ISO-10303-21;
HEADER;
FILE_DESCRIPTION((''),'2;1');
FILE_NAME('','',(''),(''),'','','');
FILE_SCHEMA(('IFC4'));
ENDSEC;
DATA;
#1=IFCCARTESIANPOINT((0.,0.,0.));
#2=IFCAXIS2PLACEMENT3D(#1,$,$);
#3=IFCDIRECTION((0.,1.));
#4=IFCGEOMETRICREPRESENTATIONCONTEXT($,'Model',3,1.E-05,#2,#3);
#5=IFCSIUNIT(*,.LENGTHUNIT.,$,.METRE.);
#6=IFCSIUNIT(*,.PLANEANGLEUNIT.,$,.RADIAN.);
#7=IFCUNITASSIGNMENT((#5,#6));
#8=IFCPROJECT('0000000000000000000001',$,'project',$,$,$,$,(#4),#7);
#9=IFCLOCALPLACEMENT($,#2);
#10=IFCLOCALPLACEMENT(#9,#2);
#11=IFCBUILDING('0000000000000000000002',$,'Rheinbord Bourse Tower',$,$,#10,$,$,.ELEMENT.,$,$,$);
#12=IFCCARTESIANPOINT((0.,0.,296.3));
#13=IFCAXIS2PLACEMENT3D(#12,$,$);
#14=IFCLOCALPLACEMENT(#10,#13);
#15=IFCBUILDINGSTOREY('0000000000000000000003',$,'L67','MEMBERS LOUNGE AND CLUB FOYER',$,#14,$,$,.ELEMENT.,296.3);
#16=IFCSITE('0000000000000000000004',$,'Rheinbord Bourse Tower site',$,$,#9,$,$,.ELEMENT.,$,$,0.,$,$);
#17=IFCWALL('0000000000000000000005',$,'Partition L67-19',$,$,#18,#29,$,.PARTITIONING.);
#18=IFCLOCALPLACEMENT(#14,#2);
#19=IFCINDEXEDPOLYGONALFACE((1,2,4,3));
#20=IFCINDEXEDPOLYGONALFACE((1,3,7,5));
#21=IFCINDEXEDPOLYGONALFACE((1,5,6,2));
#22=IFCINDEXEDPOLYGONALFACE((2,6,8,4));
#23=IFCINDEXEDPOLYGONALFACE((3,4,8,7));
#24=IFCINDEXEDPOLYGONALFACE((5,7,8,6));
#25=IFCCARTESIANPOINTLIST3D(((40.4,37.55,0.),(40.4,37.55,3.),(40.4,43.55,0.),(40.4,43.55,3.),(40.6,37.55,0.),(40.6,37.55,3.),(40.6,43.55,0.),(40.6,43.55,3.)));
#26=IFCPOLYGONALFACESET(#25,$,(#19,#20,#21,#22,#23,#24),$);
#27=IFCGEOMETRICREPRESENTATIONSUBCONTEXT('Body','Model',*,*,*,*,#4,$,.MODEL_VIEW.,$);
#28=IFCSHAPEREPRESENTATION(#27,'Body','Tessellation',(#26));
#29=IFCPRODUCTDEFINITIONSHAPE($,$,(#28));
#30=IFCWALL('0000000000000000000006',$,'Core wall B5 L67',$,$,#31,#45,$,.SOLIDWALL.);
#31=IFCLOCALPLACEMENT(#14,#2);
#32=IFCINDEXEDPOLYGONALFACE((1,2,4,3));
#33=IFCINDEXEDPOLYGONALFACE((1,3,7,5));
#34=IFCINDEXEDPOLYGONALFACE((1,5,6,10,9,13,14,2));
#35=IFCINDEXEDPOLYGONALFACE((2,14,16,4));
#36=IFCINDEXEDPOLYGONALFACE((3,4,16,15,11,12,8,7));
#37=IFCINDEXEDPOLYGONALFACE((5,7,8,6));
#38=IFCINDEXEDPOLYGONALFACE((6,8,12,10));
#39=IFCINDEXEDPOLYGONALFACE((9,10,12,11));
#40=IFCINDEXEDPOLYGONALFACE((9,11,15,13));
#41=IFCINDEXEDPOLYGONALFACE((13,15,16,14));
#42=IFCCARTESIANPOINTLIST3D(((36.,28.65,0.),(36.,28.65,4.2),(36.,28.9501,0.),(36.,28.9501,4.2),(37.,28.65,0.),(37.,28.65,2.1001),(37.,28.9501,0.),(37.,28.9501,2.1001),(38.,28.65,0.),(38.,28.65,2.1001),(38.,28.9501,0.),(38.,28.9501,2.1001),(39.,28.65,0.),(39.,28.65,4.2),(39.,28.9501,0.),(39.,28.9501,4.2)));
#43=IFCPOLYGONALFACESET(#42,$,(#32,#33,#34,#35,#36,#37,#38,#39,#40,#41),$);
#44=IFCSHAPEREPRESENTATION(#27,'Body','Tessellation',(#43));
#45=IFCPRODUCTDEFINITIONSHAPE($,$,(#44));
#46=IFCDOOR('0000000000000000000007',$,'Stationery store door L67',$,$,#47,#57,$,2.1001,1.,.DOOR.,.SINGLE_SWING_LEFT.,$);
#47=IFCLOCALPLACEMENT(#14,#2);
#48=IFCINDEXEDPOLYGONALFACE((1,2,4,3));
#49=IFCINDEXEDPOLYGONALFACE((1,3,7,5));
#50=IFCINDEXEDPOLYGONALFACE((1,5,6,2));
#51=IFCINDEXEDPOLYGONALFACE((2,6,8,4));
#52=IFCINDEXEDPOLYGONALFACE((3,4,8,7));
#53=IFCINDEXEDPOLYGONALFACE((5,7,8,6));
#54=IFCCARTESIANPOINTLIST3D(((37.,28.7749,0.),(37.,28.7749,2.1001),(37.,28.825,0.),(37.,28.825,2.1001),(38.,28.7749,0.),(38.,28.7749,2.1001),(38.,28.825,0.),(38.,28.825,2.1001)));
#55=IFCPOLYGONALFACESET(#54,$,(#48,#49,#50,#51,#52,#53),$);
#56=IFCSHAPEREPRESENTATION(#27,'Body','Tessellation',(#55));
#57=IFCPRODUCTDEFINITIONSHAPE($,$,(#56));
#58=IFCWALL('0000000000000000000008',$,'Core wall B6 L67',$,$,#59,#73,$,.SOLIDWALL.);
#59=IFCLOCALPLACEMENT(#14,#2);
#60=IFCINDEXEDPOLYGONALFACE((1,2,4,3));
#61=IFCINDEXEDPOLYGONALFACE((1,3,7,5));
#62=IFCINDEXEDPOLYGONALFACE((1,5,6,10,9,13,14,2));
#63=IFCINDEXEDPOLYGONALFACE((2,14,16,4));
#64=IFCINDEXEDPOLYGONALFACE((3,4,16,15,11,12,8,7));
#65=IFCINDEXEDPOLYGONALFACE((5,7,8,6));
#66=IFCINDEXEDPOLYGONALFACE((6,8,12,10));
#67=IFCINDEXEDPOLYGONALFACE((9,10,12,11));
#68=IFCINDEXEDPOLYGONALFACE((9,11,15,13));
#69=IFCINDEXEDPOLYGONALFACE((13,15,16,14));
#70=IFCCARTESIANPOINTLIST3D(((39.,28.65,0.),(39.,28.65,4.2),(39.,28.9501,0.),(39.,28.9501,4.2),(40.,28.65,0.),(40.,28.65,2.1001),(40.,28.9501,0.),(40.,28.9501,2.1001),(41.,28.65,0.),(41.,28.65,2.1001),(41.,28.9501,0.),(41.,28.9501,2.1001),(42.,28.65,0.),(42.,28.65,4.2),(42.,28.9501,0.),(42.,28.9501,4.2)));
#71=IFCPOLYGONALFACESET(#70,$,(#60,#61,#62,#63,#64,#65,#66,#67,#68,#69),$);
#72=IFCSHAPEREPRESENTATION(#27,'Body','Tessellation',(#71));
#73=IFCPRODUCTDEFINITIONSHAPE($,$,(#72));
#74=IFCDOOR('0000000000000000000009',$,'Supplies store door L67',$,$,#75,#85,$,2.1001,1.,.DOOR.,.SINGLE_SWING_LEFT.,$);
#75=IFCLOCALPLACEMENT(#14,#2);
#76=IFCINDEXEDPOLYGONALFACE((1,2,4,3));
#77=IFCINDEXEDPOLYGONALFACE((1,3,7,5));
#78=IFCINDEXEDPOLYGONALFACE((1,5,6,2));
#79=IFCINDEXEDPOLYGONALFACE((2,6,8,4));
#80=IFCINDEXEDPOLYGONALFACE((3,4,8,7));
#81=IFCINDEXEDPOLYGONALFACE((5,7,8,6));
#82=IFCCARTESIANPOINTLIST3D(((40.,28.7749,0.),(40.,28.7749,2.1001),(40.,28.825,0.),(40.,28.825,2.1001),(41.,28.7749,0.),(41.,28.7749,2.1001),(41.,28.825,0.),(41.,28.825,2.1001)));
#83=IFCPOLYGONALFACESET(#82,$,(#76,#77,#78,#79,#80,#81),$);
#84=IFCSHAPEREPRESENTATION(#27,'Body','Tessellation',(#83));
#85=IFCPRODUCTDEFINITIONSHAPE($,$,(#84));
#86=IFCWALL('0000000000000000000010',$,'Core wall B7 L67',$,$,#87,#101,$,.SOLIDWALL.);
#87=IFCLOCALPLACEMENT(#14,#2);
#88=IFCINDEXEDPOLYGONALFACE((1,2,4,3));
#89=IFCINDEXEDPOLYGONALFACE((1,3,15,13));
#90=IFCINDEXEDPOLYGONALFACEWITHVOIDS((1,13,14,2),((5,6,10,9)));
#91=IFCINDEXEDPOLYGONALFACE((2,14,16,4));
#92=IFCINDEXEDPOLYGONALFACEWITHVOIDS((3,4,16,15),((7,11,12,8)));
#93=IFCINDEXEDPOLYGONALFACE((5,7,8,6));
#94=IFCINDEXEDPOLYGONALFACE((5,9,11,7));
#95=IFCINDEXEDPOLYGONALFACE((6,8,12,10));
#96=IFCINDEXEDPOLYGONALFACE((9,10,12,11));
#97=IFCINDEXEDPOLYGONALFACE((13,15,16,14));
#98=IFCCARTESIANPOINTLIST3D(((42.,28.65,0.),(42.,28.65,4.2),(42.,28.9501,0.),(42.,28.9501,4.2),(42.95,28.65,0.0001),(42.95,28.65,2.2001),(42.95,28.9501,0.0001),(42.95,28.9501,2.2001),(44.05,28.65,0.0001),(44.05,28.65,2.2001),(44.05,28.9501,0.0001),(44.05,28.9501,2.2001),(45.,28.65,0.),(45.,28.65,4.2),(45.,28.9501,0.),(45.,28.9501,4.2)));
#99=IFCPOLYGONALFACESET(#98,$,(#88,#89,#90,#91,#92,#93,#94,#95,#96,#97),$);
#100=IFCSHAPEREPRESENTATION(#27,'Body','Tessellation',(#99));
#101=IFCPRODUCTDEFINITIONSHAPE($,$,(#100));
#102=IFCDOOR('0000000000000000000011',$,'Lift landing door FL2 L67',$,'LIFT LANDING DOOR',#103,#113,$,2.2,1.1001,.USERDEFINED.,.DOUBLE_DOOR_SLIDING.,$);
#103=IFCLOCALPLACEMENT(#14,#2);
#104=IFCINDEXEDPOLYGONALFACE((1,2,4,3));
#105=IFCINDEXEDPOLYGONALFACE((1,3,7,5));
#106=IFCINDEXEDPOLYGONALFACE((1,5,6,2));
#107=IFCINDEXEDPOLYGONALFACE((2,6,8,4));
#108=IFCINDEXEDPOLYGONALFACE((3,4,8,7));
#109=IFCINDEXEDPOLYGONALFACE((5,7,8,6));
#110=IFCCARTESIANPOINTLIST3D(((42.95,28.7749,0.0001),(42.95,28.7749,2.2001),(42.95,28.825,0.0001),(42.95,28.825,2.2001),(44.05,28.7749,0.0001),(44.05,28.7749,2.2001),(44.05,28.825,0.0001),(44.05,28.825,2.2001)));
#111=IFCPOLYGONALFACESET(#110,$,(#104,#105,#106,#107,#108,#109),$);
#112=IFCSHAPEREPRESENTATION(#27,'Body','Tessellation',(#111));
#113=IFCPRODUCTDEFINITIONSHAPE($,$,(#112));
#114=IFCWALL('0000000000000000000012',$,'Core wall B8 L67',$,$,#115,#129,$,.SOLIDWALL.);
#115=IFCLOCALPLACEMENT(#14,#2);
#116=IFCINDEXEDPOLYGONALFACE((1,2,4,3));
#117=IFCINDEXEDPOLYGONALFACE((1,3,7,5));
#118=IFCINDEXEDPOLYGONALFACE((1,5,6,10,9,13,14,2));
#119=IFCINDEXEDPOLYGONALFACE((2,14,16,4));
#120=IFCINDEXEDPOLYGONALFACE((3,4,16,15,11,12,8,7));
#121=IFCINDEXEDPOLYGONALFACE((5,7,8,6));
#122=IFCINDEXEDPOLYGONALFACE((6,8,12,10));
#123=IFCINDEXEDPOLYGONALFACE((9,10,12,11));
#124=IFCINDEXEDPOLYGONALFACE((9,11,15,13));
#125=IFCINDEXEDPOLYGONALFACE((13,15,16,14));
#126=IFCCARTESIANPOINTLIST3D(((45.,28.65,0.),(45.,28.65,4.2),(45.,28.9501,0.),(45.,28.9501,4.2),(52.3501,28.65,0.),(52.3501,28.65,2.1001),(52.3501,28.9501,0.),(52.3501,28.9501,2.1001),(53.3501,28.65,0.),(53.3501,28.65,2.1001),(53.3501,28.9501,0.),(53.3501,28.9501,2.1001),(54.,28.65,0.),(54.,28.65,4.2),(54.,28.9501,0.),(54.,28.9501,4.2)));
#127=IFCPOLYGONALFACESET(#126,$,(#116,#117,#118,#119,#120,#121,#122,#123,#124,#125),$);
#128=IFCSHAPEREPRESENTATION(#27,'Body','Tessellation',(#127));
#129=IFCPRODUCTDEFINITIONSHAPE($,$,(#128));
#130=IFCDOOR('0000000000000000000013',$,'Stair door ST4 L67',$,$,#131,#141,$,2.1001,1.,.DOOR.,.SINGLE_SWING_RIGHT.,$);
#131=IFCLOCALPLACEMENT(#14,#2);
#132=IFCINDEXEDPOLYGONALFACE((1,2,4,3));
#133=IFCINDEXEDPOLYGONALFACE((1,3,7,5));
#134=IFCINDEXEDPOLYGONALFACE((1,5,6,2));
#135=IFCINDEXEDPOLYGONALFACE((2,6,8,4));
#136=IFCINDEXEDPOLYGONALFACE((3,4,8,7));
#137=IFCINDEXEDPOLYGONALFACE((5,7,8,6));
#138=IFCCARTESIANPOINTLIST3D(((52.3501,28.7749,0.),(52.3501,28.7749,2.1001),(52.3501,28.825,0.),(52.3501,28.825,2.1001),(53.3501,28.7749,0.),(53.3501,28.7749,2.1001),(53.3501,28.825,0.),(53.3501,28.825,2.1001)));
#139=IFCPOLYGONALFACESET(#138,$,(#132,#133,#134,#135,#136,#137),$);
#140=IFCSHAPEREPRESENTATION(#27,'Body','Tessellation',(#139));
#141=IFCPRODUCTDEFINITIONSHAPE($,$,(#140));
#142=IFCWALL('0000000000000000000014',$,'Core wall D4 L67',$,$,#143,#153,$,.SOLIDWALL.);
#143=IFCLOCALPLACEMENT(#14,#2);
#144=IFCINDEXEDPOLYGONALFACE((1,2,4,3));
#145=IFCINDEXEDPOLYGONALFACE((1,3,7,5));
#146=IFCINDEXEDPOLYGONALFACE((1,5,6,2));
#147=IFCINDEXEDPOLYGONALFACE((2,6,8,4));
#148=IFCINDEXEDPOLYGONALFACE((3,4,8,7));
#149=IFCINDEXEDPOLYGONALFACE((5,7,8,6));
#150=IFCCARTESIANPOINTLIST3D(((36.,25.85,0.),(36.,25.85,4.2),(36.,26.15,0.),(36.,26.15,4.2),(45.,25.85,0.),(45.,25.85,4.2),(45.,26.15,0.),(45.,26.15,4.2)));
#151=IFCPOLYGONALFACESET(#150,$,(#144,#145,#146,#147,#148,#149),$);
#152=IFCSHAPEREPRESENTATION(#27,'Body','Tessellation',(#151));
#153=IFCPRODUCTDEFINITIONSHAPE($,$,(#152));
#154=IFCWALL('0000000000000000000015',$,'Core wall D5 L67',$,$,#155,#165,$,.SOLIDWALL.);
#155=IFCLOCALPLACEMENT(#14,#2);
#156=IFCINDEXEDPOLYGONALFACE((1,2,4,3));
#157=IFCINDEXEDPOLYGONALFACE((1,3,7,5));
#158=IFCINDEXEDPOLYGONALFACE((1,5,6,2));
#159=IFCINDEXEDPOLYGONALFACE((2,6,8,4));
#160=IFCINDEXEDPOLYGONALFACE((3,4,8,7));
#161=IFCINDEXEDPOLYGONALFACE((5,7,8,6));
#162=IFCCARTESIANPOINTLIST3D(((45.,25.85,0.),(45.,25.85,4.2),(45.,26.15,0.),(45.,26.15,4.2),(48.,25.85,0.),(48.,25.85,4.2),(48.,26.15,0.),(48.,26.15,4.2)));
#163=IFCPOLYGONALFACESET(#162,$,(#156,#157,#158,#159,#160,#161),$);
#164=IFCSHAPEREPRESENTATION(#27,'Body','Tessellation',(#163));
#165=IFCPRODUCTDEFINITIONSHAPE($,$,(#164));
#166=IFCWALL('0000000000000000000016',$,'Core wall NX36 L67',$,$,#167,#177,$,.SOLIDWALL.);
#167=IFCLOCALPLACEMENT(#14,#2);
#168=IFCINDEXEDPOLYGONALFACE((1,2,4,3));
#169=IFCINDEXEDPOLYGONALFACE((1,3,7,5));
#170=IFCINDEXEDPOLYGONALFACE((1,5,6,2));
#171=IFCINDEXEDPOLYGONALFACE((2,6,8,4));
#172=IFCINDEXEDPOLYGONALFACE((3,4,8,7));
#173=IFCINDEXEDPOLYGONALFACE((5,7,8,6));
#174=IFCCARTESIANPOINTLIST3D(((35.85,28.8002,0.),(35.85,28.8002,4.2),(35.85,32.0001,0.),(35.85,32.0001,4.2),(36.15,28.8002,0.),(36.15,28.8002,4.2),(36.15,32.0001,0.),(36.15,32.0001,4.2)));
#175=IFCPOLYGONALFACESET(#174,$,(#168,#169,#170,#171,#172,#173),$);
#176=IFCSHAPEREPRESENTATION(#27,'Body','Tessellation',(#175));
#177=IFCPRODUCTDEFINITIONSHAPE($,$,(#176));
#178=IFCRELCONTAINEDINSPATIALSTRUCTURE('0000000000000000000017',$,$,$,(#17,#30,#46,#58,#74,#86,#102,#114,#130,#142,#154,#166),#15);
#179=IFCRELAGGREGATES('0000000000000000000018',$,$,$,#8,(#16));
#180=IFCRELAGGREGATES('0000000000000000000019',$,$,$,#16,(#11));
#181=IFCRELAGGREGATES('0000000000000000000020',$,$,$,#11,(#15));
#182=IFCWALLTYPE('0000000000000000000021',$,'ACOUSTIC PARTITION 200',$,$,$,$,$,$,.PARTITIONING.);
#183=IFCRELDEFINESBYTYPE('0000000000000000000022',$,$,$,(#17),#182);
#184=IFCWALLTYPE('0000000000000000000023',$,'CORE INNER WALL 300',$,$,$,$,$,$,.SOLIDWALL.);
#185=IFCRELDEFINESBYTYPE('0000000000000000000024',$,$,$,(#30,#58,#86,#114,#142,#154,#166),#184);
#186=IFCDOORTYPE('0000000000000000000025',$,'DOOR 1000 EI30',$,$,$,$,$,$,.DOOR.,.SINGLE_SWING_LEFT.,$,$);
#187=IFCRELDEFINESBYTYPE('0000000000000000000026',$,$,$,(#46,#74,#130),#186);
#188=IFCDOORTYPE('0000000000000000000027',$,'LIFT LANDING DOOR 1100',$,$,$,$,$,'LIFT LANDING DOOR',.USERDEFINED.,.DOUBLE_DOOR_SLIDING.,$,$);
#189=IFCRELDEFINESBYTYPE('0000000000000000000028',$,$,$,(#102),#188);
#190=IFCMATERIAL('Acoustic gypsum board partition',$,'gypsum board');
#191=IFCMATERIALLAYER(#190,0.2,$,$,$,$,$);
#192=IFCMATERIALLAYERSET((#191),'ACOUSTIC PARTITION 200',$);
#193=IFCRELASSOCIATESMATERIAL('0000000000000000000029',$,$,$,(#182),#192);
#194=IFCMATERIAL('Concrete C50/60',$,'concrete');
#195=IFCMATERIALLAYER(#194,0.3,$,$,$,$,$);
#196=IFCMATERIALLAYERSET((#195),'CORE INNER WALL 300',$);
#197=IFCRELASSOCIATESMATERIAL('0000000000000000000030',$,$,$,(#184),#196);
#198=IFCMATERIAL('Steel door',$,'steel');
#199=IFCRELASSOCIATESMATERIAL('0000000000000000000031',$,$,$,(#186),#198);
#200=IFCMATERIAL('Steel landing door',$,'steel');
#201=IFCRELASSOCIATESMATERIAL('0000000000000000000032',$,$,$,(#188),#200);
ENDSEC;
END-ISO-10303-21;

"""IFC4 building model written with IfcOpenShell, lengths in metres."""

from ifc_helpers import new_model, si_unit, direction, frame, frame_2d, origin, place, context, subcontext, project, spatial, rectangle, extrude, material, layer, layer_set, type_object, element, fill, save


model = new_model("IFC4")

# Units and contexts
model_context = context("Model", 3, precision=1e-05, world=origin(), true_north=direction((0.0, 1.0)))
body_context = subcontext(model_context, "Body", "Model", "MODEL_VIEW")
ifc_project = project(units=[si_unit("LENGTHUNIT", "METRE"), si_unit("PLANEANGLEUNIT", "RADIAN")], contexts=[model_context])

# Site, building, storey
site_placement = place(None, origin())
site = spatial("IfcSite", under=ifc_project, at=site_placement, Name="Rheinbord Bourse Tower site", CompositionType="ELEMENT", RefElevation=0.0)
building_placement = place(site_placement, origin())
building = spatial("IfcBuilding", under=site, at=building_placement, Name="Rheinbord Bourse Tower", CompositionType="ELEMENT")
storey_placement = place(building_placement, frame((0.0, 0.0, 296.3)))
storey = spatial("IfcBuildingStorey", under=building, at=storey_placement, Name="L67", Description="MEMBERS LOUNGE AND CLUB FOYER", CompositionType="ELEMENT", Elevation=296.3)

# Wall
ifc_material_1 = material(Name="Acoustic gypsum board partition", Category="gypsum board")
ifc_layer_1 = layer(ifc_material_1, 0.2)
ifc_layer_set_1 = layer_set([ifc_layer_1], Name="ACOUSTIC PARTITION 200")
wall_type_1 = type_object("IfcWallType", Name="ACOUSTIC PARTITION 200", PredefinedType="PARTITIONING", material=ifc_layer_set_1)
wall_1_placement = place(storey_placement, frame((40.5, 37.55, 0.0), z_axis=(0.0, 0.0, 1.0), x_axis=(0.0, 1.0, 0.0)))
element("IfcWall", 1, at=wall_1_placement, inside=storey, type_object=wall_type_1, Name="Partition L67-19", PredefinedType="PARTITIONING", context=body_context, shape_type="SweptSolid", body=[
    extrude(rectangle(XDim=6.0, YDim=0.2, at=frame_2d((3.0, 0.0))), origin(), (0.0, 0.0, 1.0), 3.0),
])

# Walls, openings, doors
ifc_material_2 = material(Name="Concrete C50/60", Category="concrete")
ifc_layer_2 = layer(ifc_material_2, 0.3)
ifc_layer_set_2 = layer_set([ifc_layer_2], Name="CORE INNER WALL 300")
wall_type_2 = type_object("IfcWallType", Name="CORE INNER WALL 300", PredefinedType="SOLIDWALL", material=ifc_layer_set_2)
wall_2_placement = place(storey_placement, frame((36.0, 28.8, 0.0), z_axis=(0.0, 0.0, 1.0), x_axis=(1.0, 0.0, 0.0)))
wall_2 = element("IfcWall", 2, at=wall_2_placement, inside=storey, type_object=wall_type_2, Name="Core wall B5 L67", PredefinedType="SOLIDWALL", context=body_context, shape_type="SweptSolid", body=[
    extrude(rectangle(XDim=3.0, YDim=0.3, at=frame_2d((1.5, 0.0))), origin(), (0.0, 0.0, 1.0), 4.2),
])
opening_1_placement = place(wall_2_placement, frame((1.0, 0.0, 0.0)))
opening_1 = element("IfcOpeningElement", 3, at=opening_1_placement, cuts=wall_2, PredefinedType="OPENING", context=body_context, shape_type="SweptSolid", body=[
    extrude(rectangle(XDim=1.0, YDim=2.1001, at=frame_2d((0.5, 1.05))), frame((0.0, 0.1599, 0.0), z_axis=(0.0, -1.0, 0.0), x_axis=(1.0, 0.0, 0.0)), (0.0, 0.0, 1.0), 0.3201),
])
ifc_material_3 = material(Name="Steel door", Category="steel")
door_type_1 = type_object("IfcDoorType", Name="DOOR 1000 EI30", OperationType="SINGLE_SWING_LEFT", PredefinedType="DOOR", material=ifc_material_3)
door_1_placement = place(opening_1_placement, origin())
door_1 = element("IfcDoor", 4, at=door_1_placement, inside=storey, type_object=door_type_1, Name="Stationery store door L67", OperationType="SINGLE_SWING_LEFT", OverallHeight=2.1001, OverallWidth=1.0, PredefinedType="DOOR", context=body_context, shape_type="SweptSolid", body=[
    extrude(rectangle(XDim=1.0, YDim=2.1001, at=frame_2d((0.5, 1.05))), frame((0.0, 0.0249, 0.0), z_axis=(0.0, -1.0, 0.0), x_axis=(1.0, 0.0, 0.0)), (0.0, 0.0, 1.0), 0.05),
])
fill(opening_1, door_1)
wall_3_placement = place(storey_placement, frame((39.0, 28.8, 0.0), z_axis=(0.0, 0.0, 1.0), x_axis=(1.0, 0.0, 0.0)))
wall_3 = element("IfcWall", 5, at=wall_3_placement, inside=storey, type_object=wall_type_2, Name="Core wall B6 L67", PredefinedType="SOLIDWALL", context=body_context, shape_type="SweptSolid", body=[
    extrude(rectangle(XDim=3.0, YDim=0.3, at=frame_2d((1.5, 0.0))), origin(), (0.0, 0.0, 1.0), 4.2),
])
opening_2_placement = place(wall_3_placement, frame((1.0, 0.0, 0.0)))
opening_2 = element("IfcOpeningElement", 6, at=opening_2_placement, cuts=wall_3, PredefinedType="OPENING", context=body_context, shape_type="SweptSolid", body=[
    extrude(rectangle(XDim=1.0, YDim=2.1001, at=frame_2d((0.5, 1.05))), frame((0.0, 0.1599, 0.0), z_axis=(0.0, -1.0, 0.0), x_axis=(1.0, 0.0, 0.0)), (0.0, 0.0, 1.0), 0.3201),
])
door_2_placement = place(opening_2_placement, origin())
door_2 = element("IfcDoor", 7, at=door_2_placement, inside=storey, type_object=door_type_1, Name="Supplies store door L67", OperationType="SINGLE_SWING_LEFT", OverallHeight=2.1001, OverallWidth=1.0, PredefinedType="DOOR", context=body_context, shape_type="SweptSolid", body=[
    extrude(rectangle(XDim=1.0, YDim=2.1001, at=frame_2d((0.5, 1.05))), frame((0.0, 0.0249, 0.0), z_axis=(0.0, -1.0, 0.0), x_axis=(1.0, 0.0, 0.0)), (0.0, 0.0, 1.0), 0.05),
])
fill(opening_2, door_2)
wall_4_placement = place(storey_placement, frame((42.0, 28.8, 0.0), z_axis=(0.0, 0.0, 1.0), x_axis=(1.0, 0.0, 0.0)))
wall_4 = element("IfcWall", 8, at=wall_4_placement, inside=storey, type_object=wall_type_2, Name="Core wall B7 L67", PredefinedType="SOLIDWALL", context=body_context, shape_type="SweptSolid", body=[
    extrude(rectangle(XDim=3.0, YDim=0.3, at=frame_2d((1.5, 0.0))), origin(), (0.0, 0.0, 1.0), 4.2),
])
opening_3_placement = place(wall_4_placement, frame((0.95, 0.0, 0.0)))
opening_3 = element("IfcOpeningElement", 9, at=opening_3_placement, cuts=wall_4, PredefinedType="OPENING", context=body_context, shape_type="SweptSolid", body=[
    extrude(rectangle(XDim=1.1001, YDim=2.2, at=frame_2d((0.55, 1.1001))), frame((0.0, 0.1599, 0.0), z_axis=(0.0, -1.0, 0.0), x_axis=(1.0, 0.0, 0.0)), (0.0, 0.0, 1.0), 0.3201),
])
ifc_material_4 = material(Name="Steel landing door", Category="steel")
door_type_2 = type_object("IfcDoorType", Name="LIFT LANDING DOOR 1100", ElementType="LIFT LANDING DOOR", OperationType="DOUBLE_DOOR_SLIDING", PredefinedType="USERDEFINED", material=ifc_material_4)
door_3_placement = place(opening_3_placement, origin())
door_3 = element("IfcDoor", 10, at=door_3_placement, inside=storey, type_object=door_type_2, Name="Lift landing door FL2 L67", ObjectType="LIFT LANDING DOOR", OperationType="DOUBLE_DOOR_SLIDING", OverallHeight=2.2, OverallWidth=1.1001, PredefinedType="USERDEFINED", context=body_context, shape_type="SweptSolid", body=[
    extrude(rectangle(XDim=1.1001, YDim=2.2, at=frame_2d((0.55, 1.1001))), frame((0.0, 0.0249, 0.0), z_axis=(0.0, -1.0, 0.0), x_axis=(1.0, 0.0, 0.0)), (0.0, 0.0, 1.0), 0.05),
])
fill(opening_3, door_3)
wall_5_placement = place(storey_placement, frame((45.0, 28.8, 0.0), z_axis=(0.0, 0.0, 1.0), x_axis=(1.0, 0.0, 0.0)))
wall_5 = element("IfcWall", 11, at=wall_5_placement, inside=storey, type_object=wall_type_2, Name="Core wall B8 L67", PredefinedType="SOLIDWALL", context=body_context, shape_type="SweptSolid", body=[
    extrude(rectangle(XDim=9.0, YDim=0.3, at=frame_2d((4.5, 0.0))), origin(), (0.0, 0.0, 1.0), 4.2),
])
opening_4_placement = place(wall_5_placement, frame((7.3501, 0.0, 0.0)))
opening_4 = element("IfcOpeningElement", 12, at=opening_4_placement, cuts=wall_5, PredefinedType="OPENING", context=body_context, shape_type="SweptSolid", body=[
    extrude(rectangle(XDim=1.0, YDim=2.1001, at=frame_2d((0.5, 1.05))), frame((0.0, 0.1599, 0.0), z_axis=(0.0, -1.0, 0.0), x_axis=(1.0, 0.0, 0.0)), (0.0, 0.0, 1.0), 0.3201),
])
door_4_placement = place(opening_4_placement, origin())
door_4 = element("IfcDoor", 13, at=door_4_placement, inside=storey, type_object=door_type_1, Name="Stair door ST4 L67", OperationType="SINGLE_SWING_RIGHT", OverallHeight=2.1001, OverallWidth=1.0, PredefinedType="DOOR", context=body_context, shape_type="SweptSolid", body=[
    extrude(rectangle(XDim=1.0, YDim=2.1001, at=frame_2d((0.5, 1.05))), frame((0.0, 0.0249, 0.0), z_axis=(0.0, -1.0, 0.0), x_axis=(1.0, 0.0, 0.0)), (0.0, 0.0, 1.0), 0.05),
])
fill(opening_4, door_4)

# Walls
wall_6_placement = place(storey_placement, frame((36.0, 26.0, 0.0), z_axis=(0.0, 0.0, 1.0), x_axis=(1.0, 0.0, 0.0)))
element("IfcWall", 14, at=wall_6_placement, inside=storey, type_object=wall_type_2, Name="Core wall D4 L67", PredefinedType="SOLIDWALL", context=body_context, shape_type="SweptSolid", body=[
    extrude(rectangle(XDim=9.0, YDim=0.3, at=frame_2d((4.5, 0.0))), origin(), (0.0, 0.0, 1.0), 4.2),
])
wall_7_placement = place(storey_placement, frame((45.0, 26.0, 0.0), z_axis=(0.0, 0.0, 1.0), x_axis=(1.0, 0.0, 0.0)))
element("IfcWall", 15, at=wall_7_placement, inside=storey, type_object=wall_type_2, Name="Core wall D5 L67", PredefinedType="SOLIDWALL", context=body_context, shape_type="SweptSolid", body=[
    extrude(rectangle(XDim=3.0, YDim=0.3, at=frame_2d((1.5, 0.0))), origin(), (0.0, 0.0, 1.0), 4.2),
])
for number, where, z_axis, x_axis, name in (
    (16, (36.0, 28.8, 0.0), (0.0, 0.0, 1.0), (0.0, 1.0, 0.0), "Core wall NX36 L67"),
):
    element("IfcWall", number, at=place(storey_placement, frame(where, z_axis=z_axis, x_axis=x_axis)), inside=storey, type_object=wall_type_2, Name=name, PredefinedType="SOLIDWALL", context=body_context, shape_type="SweptSolid", body=[
        extrude(rectangle(XDim=3.2, YDim=0.3, at=frame_2d((1.6001, 0.0))), origin(), (0.0, 0.0, 1.0), 4.2),
    ])

save(model, "model.ifc")
